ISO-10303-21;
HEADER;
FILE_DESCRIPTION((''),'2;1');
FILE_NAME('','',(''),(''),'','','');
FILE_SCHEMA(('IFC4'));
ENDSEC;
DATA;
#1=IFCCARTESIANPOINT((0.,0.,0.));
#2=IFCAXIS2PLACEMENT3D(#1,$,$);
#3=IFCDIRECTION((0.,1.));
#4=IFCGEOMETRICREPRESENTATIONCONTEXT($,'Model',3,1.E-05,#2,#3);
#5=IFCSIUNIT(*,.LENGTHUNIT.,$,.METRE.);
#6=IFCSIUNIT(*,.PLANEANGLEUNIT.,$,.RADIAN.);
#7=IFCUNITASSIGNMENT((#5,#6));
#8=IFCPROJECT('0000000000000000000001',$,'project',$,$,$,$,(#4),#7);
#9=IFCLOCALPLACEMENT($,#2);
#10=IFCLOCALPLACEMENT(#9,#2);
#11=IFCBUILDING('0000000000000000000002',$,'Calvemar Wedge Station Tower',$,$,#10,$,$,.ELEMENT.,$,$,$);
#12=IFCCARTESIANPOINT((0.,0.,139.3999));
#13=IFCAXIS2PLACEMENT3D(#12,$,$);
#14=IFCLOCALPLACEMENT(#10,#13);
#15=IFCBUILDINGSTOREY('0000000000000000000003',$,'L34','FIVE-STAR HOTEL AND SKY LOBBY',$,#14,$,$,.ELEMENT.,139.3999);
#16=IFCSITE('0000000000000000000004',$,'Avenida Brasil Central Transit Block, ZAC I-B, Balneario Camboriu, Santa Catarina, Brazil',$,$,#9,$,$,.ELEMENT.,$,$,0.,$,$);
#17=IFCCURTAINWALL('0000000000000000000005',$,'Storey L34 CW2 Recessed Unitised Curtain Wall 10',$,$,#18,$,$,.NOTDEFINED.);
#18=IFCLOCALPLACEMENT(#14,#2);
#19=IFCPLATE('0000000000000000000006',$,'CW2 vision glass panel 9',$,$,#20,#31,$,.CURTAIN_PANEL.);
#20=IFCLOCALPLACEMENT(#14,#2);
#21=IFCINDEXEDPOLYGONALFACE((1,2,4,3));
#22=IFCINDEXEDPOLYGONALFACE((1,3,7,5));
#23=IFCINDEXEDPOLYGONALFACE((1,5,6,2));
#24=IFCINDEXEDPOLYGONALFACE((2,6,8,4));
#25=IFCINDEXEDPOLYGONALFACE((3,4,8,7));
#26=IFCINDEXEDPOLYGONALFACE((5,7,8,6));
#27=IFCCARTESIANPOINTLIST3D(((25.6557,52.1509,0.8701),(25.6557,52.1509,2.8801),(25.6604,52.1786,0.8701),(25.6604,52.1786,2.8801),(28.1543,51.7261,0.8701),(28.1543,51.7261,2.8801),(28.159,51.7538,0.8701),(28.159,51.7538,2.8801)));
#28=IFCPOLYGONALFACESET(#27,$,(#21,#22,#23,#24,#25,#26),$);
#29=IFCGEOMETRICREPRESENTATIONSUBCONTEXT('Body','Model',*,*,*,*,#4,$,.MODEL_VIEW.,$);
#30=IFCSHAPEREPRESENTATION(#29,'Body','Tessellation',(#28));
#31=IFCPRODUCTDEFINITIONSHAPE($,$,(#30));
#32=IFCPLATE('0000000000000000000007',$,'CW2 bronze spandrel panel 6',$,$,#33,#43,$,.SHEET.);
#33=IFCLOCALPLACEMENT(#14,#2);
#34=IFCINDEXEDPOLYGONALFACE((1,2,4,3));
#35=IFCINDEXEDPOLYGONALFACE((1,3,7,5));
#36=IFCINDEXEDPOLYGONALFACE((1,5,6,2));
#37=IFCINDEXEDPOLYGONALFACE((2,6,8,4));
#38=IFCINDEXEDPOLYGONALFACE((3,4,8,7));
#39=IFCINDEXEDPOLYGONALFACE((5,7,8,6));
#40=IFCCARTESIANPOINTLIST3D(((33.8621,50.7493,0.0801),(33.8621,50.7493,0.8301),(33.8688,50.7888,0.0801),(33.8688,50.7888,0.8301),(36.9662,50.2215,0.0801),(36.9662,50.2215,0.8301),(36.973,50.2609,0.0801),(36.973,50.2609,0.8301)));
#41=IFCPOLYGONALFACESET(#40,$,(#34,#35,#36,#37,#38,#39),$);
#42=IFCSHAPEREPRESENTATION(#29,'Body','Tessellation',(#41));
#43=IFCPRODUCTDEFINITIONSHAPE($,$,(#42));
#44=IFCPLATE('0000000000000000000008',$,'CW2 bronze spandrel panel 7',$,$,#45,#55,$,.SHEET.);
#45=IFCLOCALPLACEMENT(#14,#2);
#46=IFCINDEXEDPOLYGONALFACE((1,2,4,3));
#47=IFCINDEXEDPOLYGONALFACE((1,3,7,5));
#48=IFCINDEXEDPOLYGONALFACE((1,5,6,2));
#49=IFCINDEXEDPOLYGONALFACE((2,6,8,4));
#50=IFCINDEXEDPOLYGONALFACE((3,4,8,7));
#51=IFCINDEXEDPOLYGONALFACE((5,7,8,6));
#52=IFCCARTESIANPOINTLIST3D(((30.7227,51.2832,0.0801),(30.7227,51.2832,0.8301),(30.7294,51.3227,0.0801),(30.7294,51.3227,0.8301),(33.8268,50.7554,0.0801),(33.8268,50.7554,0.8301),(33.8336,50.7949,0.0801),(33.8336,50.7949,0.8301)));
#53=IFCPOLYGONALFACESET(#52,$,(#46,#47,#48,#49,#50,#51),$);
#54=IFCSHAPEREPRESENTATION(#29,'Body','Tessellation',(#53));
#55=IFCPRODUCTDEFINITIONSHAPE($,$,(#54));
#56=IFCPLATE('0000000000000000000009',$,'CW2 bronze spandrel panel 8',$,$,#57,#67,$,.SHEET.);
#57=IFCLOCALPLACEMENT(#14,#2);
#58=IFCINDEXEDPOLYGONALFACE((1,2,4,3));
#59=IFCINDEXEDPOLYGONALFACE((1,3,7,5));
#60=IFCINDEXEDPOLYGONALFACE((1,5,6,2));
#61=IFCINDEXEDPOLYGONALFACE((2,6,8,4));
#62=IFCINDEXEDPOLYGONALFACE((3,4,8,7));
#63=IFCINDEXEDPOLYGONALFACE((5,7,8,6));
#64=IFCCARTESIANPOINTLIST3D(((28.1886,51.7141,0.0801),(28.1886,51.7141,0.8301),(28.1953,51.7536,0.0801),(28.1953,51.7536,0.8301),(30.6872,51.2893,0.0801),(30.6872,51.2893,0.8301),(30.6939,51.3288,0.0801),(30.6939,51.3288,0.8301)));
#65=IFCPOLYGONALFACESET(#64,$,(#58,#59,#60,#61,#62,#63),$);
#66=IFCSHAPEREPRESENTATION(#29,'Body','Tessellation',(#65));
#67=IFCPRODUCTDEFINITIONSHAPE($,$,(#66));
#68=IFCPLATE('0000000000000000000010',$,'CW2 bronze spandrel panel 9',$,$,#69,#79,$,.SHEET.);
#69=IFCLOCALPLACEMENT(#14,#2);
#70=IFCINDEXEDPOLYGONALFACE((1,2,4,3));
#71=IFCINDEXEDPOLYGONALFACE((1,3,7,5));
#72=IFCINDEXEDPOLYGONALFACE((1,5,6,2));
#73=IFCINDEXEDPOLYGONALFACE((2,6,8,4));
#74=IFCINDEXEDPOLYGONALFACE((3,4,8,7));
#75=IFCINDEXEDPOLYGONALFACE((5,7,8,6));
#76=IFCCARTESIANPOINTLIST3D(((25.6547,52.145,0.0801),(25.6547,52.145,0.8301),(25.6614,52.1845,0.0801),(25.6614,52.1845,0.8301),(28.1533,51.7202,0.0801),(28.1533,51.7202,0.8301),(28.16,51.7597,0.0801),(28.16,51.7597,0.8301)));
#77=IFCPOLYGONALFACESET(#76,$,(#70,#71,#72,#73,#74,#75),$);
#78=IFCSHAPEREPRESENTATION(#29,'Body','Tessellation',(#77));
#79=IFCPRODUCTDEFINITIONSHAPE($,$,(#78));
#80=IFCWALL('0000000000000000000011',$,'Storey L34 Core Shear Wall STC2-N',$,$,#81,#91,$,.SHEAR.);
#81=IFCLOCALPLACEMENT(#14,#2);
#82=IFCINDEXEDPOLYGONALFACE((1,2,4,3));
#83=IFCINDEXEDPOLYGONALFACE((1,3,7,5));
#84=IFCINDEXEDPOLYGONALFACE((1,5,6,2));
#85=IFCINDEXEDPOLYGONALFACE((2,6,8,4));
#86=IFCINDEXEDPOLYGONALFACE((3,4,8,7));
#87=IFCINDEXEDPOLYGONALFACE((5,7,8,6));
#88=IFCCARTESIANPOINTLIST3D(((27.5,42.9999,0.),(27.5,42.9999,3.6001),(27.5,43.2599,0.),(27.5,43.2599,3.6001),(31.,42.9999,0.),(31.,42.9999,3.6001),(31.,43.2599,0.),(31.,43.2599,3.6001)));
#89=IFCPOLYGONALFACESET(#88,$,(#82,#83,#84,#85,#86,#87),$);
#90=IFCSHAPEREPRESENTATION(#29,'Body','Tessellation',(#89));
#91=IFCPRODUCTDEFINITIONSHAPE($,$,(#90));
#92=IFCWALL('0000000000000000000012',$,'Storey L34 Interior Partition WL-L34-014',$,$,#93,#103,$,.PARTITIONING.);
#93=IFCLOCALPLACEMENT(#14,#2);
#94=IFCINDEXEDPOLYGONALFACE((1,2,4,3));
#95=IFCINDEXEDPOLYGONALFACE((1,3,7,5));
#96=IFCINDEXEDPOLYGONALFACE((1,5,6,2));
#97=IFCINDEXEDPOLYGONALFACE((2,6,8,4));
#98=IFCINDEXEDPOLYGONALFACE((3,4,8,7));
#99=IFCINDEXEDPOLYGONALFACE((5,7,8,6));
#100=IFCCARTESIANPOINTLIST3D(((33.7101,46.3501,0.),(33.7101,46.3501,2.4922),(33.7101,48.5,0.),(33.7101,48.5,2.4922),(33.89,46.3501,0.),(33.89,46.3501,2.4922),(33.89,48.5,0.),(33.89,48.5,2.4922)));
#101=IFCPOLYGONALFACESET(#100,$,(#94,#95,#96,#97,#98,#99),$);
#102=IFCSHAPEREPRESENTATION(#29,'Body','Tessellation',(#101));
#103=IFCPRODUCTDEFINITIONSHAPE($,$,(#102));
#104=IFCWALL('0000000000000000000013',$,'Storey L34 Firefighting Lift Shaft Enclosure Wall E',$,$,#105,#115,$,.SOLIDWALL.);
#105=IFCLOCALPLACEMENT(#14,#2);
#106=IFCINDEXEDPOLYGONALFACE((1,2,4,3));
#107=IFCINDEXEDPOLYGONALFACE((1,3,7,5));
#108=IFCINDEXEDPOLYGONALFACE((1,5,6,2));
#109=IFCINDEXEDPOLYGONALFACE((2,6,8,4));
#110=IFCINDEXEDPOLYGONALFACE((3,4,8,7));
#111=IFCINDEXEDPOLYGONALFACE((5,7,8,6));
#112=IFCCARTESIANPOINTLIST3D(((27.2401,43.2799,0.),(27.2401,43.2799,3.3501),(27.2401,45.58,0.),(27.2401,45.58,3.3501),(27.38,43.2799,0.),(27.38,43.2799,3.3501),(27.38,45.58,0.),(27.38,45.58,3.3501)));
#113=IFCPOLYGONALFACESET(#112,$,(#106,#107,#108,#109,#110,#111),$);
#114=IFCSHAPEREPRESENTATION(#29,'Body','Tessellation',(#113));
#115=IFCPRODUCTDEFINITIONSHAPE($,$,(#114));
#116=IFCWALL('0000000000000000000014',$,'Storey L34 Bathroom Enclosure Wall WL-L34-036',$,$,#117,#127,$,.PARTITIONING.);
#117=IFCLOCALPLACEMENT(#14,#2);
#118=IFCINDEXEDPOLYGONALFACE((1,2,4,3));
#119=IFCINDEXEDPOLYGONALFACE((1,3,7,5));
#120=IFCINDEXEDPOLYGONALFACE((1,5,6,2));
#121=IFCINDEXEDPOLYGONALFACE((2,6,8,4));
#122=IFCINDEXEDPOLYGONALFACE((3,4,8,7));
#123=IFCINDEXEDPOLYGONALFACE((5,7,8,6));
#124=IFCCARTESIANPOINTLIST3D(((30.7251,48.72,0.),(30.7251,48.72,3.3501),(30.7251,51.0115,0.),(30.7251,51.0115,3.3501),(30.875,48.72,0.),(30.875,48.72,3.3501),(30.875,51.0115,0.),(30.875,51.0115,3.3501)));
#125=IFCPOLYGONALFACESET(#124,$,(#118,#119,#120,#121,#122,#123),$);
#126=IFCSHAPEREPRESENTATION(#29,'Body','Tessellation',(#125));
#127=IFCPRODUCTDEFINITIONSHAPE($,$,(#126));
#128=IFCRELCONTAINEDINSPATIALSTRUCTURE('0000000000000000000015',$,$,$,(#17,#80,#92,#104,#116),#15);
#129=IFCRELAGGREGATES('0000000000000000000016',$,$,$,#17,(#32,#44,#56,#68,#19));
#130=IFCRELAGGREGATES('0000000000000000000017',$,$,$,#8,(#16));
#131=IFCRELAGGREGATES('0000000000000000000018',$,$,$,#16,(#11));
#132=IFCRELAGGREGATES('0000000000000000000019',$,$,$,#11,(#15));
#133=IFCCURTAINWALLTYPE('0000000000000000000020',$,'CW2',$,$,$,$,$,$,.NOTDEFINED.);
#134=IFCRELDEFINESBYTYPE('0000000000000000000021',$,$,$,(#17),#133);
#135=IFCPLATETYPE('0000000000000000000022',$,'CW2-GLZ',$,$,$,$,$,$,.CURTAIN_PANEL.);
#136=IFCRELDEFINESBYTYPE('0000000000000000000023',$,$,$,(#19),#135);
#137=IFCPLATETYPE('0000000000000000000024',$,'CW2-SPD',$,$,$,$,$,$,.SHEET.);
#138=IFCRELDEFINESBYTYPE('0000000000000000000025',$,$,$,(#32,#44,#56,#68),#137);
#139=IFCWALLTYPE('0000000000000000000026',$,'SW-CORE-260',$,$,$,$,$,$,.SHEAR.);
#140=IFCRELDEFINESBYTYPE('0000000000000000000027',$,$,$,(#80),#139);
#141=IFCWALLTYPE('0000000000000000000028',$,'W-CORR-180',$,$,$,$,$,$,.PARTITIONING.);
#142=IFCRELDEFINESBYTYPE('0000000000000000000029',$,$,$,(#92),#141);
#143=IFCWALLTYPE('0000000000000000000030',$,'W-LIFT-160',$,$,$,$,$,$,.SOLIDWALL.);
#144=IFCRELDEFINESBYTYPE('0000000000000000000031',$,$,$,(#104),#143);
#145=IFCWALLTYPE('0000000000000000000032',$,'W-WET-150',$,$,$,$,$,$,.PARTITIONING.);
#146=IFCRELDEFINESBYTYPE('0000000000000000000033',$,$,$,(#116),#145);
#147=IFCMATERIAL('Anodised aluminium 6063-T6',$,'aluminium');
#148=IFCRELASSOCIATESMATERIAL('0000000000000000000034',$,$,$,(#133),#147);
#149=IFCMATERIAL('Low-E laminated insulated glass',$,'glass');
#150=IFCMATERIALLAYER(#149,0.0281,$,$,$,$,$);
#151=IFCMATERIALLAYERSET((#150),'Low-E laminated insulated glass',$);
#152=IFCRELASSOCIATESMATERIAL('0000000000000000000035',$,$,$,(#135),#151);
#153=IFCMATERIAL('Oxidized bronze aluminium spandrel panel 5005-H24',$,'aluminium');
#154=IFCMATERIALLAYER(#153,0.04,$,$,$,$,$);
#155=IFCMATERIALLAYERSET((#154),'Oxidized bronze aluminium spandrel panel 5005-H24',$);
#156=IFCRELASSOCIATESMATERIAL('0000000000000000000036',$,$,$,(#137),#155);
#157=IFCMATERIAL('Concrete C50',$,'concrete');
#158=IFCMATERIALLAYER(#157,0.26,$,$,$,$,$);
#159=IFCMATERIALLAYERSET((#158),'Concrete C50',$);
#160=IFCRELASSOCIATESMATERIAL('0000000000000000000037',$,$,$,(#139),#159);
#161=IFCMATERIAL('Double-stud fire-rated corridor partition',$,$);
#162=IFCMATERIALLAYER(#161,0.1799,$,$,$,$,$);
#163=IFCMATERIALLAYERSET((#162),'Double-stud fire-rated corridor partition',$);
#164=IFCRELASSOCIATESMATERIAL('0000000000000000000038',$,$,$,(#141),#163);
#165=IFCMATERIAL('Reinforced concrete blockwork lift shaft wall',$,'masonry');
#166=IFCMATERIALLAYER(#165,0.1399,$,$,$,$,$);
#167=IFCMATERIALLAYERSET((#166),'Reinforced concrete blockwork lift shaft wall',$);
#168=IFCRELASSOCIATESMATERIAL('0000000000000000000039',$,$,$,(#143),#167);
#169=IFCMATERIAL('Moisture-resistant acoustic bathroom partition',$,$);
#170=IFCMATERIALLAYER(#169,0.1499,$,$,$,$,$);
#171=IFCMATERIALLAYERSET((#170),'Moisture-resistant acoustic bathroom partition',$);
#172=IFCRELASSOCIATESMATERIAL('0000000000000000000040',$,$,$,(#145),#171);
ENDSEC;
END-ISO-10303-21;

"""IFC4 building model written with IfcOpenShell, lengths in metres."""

from ifc_helpers import new_model, si_unit, direction, frame, frame_2d, origin, place, context, subcontext, project, spatial, rectangle, extrude, material, layer, layer_set, type_object, element, aggregate, save


model = new_model("IFC4")

# Units and contexts
model_context = context("Model", 3, precision=1e-05, world=origin(), true_north=direction((0.0, 1.0)))
body_context = subcontext(model_context, "Body", "Model", "MODEL_VIEW")
ifc_project = project(units=[si_unit("LENGTHUNIT", "METRE"), si_unit("PLANEANGLEUNIT", "RADIAN")], contexts=[model_context])

# Site, building, storey
site_placement = place(None, origin())
site = spatial("IfcSite", under=ifc_project, at=site_placement, Name="Avenida Brasil Central Transit Block, ZAC I-B, Balneario Camboriu, Santa Catarina, Brazil", CompositionType="ELEMENT", RefElevation=0.0)
building_placement = place(site_placement, origin())
building = spatial("IfcBuilding", under=site, at=building_placement, Name="Calvemar Wedge Station Tower", CompositionType="ELEMENT")
storey_placement = place(building_placement, frame((0.0, 0.0, 139.3999)))
storey = spatial("IfcBuildingStorey", under=building, at=storey_placement, Name="L34", Description="FIVE-STAR HOTEL AND SKY LOBBY", CompositionType="ELEMENT", Elevation=139.3999)

# Shared definitions
ifc_material_1 = material(Name="Concrete C50", Category="concrete")

# Curtain wall, plates
ifc_material_2 = material(Name="Anodised aluminium 6063-T6", Category="aluminium")
curtain_wall_type = type_object("IfcCurtainWallType", Name="CW2", PredefinedType="NOTDEFINED", material=ifc_material_2)
curtain_wall_placement = place(storey_placement, origin())
curtain_wall = element("IfcCurtainWall", 1, at=curtain_wall_placement, inside=storey, type_object=curtain_wall_type, Name="Storey L34 CW2 Recessed Unitised Curtain Wall 10", PredefinedType="NOTDEFINED")
ifc_material_3 = material(Name="Low-E laminated insulated glass", Category="glass")
ifc_layer_1 = layer(ifc_material_3, 0.0281)
ifc_layer_set_1 = layer_set([ifc_layer_1], Name="Low-E laminated insulated glass")
plate_type_1 = type_object("IfcPlateType", Name="CW2-GLZ", PredefinedType="CURTAIN_PANEL", material=ifc_layer_set_1)
plate_1_placement = place(storey_placement, frame((28.1565, 51.74, 0.8701), z_axis=(0.0, 0.0, 1.0), x_axis=(-0.985852, 0.167616, 0.0)))
plate_1 = element("IfcPlate", 2, at=plate_1_placement, type_object=plate_type_1, Name="CW2 vision glass panel 9", PredefinedType="CURTAIN_PANEL", context=body_context, shape_type="SweptSolid", body=[
    extrude(rectangle(XDim=2.5344, YDim=0.0281, at=frame_2d((1.2671, 0.0))), origin(), (0.0, 0.0, 1.0), 2.01),
])
ifc_material_4 = material(Name="Oxidized bronze aluminium spandrel panel 5005-H24", Category="aluminium")
ifc_layer_2 = layer(ifc_material_4, 0.04)
ifc_layer_set_2 = layer_set([ifc_layer_2], Name="Oxidized bronze aluminium spandrel panel 5005-H24")
plate_type_2 = type_object("IfcPlateType", Name="CW2-SPD", PredefinedType="SHEET", material=ifc_layer_set_2)
plate_2_placement = place(storey_placement, frame((36.9695, 50.2412, 0.0801), z_axis=(0.0, 0.0, 1.0), x_axis=(-0.985848, 0.167642, 0.0)))
plate_2 = element("IfcPlate", 3, at=plate_2_placement, type_object=plate_type_2, Name="CW2 bronze spandrel panel 6", PredefinedType="SHEET", context=body_context, shape_type="SweptSolid", body=[
    extrude(rectangle(XDim=3.1487, YDim=0.04, at=frame_2d((1.5742, 0.0))), origin(), (0.0, 0.0, 1.0), 0.75),
])
plate_3_placement = place(storey_placement, frame((33.8301, 50.7751, 0.0801), z_axis=(0.0, 0.0, 1.0), x_axis=(-0.98585, 0.167629, 0.0)))
plate_3 = element("IfcPlate", 4, at=plate_3_placement, type_object=plate_type_2, Name="CW2 bronze spandrel panel 7", PredefinedType="SHEET", context=body_context, shape_type="SweptSolid", body=[
    extrude(rectangle(XDim=3.1487, YDim=0.04, at=frame_2d((1.5742, 0.0))), origin(), (0.0, 0.0, 1.0), 0.75),
])
plate_4_placement = place(storey_placement, frame((30.6904, 51.3091, 0.0801), z_axis=(0.0, 0.0, 1.0), x_axis=(-0.985852, 0.167616, 0.0)))
plate_4 = element("IfcPlate", 5, at=plate_4_placement, type_object=plate_type_2, Name="CW2 bronze spandrel panel 8", PredefinedType="SHEET", context=body_context, shape_type="SweptSolid", body=[
    extrude(rectangle(XDim=2.5344, YDim=0.04, at=frame_2d((1.2671, 0.0))), origin(), (0.0, 0.0, 1.0), 0.75),
])
plate_5_placement = place(storey_placement, frame((28.1565, 51.74, 0.0801), z_axis=(0.0, 0.0, 1.0), x_axis=(-0.985852, 0.167616, 0.0)))
plate_5 = element("IfcPlate", 6, at=plate_5_placement, type_object=plate_type_2, Name="CW2 bronze spandrel panel 9", PredefinedType="SHEET", context=body_context, shape_type="SweptSolid", body=[
    extrude(rectangle(XDim=2.5344, YDim=0.04, at=frame_2d((1.2671, 0.0))), origin(), (0.0, 0.0, 1.0), 0.75),
])
aggregate(curtain_wall, [plate_2, plate_3, plate_4, plate_5, plate_1])

# Walls
ifc_layer_3 = layer(ifc_material_1, 0.26)
ifc_layer_set_3 = layer_set([ifc_layer_3], Name="Concrete C50")
wall_type_1 = type_object("IfcWallType", Name="SW-CORE-260", PredefinedType="SHEAR", material=ifc_layer_set_3)
wall_1_placement = place(storey_placement, frame((27.5, 43.1299, 0.0), z_axis=(0.0, 0.0, 1.0), x_axis=(1.0, 0.0, 0.0)))
element("IfcWall", 7, at=wall_1_placement, inside=storey, type_object=wall_type_1, Name="Storey L34 Core Shear Wall STC2-N", PredefinedType="SHEAR", context=body_context, shape_type="SweptSolid", body=[
    extrude(rectangle(XDim=3.5, YDim=0.26, at=frame_2d((1.75, 0.0))), origin(), (0.0, 0.0, 1.0), 3.6001),
])
ifc_material_5 = material(Name="Double-stud fire-rated corridor partition")
ifc_layer_4 = layer(ifc_material_5, 0.1799)
ifc_layer_set_4 = layer_set([ifc_layer_4], Name="Double-stud fire-rated corridor partition")
wall_type_2 = type_object("IfcWallType", Name="W-CORR-180", PredefinedType="PARTITIONING", material=ifc_layer_set_4)
wall_2_placement = place(storey_placement, frame((33.8, 48.5, 0.0), z_axis=(0.0, 0.0, 1.0), x_axis=(0.0, -1.0, 0.0)))
element("IfcWall", 8, at=wall_2_placement, inside=storey, type_object=wall_type_2, Name="Storey L34 Interior Partition WL-L34-014", PredefinedType="PARTITIONING", context=body_context, shape_type="SweptSolid", body=[
    extrude(rectangle(XDim=2.1499, YDim=0.1799, at=frame_2d((1.075, 0.0))), origin(), (0.0, 0.0, 1.0), 2.4922),
])

# Walls
ifc_material_6 = material(Name="Reinforced concrete blockwork lift shaft wall", Category="masonry")
ifc_layer_5 = layer(ifc_material_6, 0.1399)
ifc_layer_set_5 = layer_set([ifc_layer_5], Name="Reinforced concrete blockwork lift shaft wall")
wall_type_3 = type_object("IfcWallType", Name="W-LIFT-160", PredefinedType="SOLIDWALL", material=ifc_layer_set_5)
wall_3_placement = place(storey_placement, frame((27.3101, 43.28, 0.0), z_axis=(0.0, 0.0, 1.0), x_axis=(0.0, 1.0, 0.0)))
element("IfcWall", 9, at=wall_3_placement, inside=storey, type_object=wall_type_3, Name="Storey L34 Firefighting Lift Shaft Enclosure Wall E", PredefinedType="SOLIDWALL", context=body_context, shape_type="SweptSolid", body=[
    extrude(rectangle(XDim=2.3, YDim=0.1399, at=frame_2d((1.1499, 0.0))), origin(), (0.0, 0.0, 1.0), 3.3501),
])
ifc_material_7 = material(Name="Moisture-resistant acoustic bathroom partition")
ifc_layer_6 = layer(ifc_material_7, 0.1499)
ifc_layer_set_6 = layer_set([ifc_layer_6], Name="Moisture-resistant acoustic bathroom partition")
wall_type_4 = type_object("IfcWallType", Name="W-WET-150", PredefinedType="PARTITIONING", material=ifc_layer_set_6)
wall_4_placement = place(storey_placement, frame((30.8, 51.0115, 0.0), z_axis=(0.0, 0.0, 1.0), x_axis=(0.0, -1.0, 0.0)))
element("IfcWall", 10, at=wall_4_placement, inside=storey, type_object=wall_type_4, Name="Storey L34 Bathroom Enclosure Wall WL-L34-036", PredefinedType="PARTITIONING", context=body_context, shape_type="SweptSolid", body=[
    extrude(rectangle(XDim=2.2915, YDim=0.1499, at=frame_2d((1.1458, 0.0))), origin(), (0.0, 0.0, 1.0), 3.3501),
])

save(model, "model.ifc")
